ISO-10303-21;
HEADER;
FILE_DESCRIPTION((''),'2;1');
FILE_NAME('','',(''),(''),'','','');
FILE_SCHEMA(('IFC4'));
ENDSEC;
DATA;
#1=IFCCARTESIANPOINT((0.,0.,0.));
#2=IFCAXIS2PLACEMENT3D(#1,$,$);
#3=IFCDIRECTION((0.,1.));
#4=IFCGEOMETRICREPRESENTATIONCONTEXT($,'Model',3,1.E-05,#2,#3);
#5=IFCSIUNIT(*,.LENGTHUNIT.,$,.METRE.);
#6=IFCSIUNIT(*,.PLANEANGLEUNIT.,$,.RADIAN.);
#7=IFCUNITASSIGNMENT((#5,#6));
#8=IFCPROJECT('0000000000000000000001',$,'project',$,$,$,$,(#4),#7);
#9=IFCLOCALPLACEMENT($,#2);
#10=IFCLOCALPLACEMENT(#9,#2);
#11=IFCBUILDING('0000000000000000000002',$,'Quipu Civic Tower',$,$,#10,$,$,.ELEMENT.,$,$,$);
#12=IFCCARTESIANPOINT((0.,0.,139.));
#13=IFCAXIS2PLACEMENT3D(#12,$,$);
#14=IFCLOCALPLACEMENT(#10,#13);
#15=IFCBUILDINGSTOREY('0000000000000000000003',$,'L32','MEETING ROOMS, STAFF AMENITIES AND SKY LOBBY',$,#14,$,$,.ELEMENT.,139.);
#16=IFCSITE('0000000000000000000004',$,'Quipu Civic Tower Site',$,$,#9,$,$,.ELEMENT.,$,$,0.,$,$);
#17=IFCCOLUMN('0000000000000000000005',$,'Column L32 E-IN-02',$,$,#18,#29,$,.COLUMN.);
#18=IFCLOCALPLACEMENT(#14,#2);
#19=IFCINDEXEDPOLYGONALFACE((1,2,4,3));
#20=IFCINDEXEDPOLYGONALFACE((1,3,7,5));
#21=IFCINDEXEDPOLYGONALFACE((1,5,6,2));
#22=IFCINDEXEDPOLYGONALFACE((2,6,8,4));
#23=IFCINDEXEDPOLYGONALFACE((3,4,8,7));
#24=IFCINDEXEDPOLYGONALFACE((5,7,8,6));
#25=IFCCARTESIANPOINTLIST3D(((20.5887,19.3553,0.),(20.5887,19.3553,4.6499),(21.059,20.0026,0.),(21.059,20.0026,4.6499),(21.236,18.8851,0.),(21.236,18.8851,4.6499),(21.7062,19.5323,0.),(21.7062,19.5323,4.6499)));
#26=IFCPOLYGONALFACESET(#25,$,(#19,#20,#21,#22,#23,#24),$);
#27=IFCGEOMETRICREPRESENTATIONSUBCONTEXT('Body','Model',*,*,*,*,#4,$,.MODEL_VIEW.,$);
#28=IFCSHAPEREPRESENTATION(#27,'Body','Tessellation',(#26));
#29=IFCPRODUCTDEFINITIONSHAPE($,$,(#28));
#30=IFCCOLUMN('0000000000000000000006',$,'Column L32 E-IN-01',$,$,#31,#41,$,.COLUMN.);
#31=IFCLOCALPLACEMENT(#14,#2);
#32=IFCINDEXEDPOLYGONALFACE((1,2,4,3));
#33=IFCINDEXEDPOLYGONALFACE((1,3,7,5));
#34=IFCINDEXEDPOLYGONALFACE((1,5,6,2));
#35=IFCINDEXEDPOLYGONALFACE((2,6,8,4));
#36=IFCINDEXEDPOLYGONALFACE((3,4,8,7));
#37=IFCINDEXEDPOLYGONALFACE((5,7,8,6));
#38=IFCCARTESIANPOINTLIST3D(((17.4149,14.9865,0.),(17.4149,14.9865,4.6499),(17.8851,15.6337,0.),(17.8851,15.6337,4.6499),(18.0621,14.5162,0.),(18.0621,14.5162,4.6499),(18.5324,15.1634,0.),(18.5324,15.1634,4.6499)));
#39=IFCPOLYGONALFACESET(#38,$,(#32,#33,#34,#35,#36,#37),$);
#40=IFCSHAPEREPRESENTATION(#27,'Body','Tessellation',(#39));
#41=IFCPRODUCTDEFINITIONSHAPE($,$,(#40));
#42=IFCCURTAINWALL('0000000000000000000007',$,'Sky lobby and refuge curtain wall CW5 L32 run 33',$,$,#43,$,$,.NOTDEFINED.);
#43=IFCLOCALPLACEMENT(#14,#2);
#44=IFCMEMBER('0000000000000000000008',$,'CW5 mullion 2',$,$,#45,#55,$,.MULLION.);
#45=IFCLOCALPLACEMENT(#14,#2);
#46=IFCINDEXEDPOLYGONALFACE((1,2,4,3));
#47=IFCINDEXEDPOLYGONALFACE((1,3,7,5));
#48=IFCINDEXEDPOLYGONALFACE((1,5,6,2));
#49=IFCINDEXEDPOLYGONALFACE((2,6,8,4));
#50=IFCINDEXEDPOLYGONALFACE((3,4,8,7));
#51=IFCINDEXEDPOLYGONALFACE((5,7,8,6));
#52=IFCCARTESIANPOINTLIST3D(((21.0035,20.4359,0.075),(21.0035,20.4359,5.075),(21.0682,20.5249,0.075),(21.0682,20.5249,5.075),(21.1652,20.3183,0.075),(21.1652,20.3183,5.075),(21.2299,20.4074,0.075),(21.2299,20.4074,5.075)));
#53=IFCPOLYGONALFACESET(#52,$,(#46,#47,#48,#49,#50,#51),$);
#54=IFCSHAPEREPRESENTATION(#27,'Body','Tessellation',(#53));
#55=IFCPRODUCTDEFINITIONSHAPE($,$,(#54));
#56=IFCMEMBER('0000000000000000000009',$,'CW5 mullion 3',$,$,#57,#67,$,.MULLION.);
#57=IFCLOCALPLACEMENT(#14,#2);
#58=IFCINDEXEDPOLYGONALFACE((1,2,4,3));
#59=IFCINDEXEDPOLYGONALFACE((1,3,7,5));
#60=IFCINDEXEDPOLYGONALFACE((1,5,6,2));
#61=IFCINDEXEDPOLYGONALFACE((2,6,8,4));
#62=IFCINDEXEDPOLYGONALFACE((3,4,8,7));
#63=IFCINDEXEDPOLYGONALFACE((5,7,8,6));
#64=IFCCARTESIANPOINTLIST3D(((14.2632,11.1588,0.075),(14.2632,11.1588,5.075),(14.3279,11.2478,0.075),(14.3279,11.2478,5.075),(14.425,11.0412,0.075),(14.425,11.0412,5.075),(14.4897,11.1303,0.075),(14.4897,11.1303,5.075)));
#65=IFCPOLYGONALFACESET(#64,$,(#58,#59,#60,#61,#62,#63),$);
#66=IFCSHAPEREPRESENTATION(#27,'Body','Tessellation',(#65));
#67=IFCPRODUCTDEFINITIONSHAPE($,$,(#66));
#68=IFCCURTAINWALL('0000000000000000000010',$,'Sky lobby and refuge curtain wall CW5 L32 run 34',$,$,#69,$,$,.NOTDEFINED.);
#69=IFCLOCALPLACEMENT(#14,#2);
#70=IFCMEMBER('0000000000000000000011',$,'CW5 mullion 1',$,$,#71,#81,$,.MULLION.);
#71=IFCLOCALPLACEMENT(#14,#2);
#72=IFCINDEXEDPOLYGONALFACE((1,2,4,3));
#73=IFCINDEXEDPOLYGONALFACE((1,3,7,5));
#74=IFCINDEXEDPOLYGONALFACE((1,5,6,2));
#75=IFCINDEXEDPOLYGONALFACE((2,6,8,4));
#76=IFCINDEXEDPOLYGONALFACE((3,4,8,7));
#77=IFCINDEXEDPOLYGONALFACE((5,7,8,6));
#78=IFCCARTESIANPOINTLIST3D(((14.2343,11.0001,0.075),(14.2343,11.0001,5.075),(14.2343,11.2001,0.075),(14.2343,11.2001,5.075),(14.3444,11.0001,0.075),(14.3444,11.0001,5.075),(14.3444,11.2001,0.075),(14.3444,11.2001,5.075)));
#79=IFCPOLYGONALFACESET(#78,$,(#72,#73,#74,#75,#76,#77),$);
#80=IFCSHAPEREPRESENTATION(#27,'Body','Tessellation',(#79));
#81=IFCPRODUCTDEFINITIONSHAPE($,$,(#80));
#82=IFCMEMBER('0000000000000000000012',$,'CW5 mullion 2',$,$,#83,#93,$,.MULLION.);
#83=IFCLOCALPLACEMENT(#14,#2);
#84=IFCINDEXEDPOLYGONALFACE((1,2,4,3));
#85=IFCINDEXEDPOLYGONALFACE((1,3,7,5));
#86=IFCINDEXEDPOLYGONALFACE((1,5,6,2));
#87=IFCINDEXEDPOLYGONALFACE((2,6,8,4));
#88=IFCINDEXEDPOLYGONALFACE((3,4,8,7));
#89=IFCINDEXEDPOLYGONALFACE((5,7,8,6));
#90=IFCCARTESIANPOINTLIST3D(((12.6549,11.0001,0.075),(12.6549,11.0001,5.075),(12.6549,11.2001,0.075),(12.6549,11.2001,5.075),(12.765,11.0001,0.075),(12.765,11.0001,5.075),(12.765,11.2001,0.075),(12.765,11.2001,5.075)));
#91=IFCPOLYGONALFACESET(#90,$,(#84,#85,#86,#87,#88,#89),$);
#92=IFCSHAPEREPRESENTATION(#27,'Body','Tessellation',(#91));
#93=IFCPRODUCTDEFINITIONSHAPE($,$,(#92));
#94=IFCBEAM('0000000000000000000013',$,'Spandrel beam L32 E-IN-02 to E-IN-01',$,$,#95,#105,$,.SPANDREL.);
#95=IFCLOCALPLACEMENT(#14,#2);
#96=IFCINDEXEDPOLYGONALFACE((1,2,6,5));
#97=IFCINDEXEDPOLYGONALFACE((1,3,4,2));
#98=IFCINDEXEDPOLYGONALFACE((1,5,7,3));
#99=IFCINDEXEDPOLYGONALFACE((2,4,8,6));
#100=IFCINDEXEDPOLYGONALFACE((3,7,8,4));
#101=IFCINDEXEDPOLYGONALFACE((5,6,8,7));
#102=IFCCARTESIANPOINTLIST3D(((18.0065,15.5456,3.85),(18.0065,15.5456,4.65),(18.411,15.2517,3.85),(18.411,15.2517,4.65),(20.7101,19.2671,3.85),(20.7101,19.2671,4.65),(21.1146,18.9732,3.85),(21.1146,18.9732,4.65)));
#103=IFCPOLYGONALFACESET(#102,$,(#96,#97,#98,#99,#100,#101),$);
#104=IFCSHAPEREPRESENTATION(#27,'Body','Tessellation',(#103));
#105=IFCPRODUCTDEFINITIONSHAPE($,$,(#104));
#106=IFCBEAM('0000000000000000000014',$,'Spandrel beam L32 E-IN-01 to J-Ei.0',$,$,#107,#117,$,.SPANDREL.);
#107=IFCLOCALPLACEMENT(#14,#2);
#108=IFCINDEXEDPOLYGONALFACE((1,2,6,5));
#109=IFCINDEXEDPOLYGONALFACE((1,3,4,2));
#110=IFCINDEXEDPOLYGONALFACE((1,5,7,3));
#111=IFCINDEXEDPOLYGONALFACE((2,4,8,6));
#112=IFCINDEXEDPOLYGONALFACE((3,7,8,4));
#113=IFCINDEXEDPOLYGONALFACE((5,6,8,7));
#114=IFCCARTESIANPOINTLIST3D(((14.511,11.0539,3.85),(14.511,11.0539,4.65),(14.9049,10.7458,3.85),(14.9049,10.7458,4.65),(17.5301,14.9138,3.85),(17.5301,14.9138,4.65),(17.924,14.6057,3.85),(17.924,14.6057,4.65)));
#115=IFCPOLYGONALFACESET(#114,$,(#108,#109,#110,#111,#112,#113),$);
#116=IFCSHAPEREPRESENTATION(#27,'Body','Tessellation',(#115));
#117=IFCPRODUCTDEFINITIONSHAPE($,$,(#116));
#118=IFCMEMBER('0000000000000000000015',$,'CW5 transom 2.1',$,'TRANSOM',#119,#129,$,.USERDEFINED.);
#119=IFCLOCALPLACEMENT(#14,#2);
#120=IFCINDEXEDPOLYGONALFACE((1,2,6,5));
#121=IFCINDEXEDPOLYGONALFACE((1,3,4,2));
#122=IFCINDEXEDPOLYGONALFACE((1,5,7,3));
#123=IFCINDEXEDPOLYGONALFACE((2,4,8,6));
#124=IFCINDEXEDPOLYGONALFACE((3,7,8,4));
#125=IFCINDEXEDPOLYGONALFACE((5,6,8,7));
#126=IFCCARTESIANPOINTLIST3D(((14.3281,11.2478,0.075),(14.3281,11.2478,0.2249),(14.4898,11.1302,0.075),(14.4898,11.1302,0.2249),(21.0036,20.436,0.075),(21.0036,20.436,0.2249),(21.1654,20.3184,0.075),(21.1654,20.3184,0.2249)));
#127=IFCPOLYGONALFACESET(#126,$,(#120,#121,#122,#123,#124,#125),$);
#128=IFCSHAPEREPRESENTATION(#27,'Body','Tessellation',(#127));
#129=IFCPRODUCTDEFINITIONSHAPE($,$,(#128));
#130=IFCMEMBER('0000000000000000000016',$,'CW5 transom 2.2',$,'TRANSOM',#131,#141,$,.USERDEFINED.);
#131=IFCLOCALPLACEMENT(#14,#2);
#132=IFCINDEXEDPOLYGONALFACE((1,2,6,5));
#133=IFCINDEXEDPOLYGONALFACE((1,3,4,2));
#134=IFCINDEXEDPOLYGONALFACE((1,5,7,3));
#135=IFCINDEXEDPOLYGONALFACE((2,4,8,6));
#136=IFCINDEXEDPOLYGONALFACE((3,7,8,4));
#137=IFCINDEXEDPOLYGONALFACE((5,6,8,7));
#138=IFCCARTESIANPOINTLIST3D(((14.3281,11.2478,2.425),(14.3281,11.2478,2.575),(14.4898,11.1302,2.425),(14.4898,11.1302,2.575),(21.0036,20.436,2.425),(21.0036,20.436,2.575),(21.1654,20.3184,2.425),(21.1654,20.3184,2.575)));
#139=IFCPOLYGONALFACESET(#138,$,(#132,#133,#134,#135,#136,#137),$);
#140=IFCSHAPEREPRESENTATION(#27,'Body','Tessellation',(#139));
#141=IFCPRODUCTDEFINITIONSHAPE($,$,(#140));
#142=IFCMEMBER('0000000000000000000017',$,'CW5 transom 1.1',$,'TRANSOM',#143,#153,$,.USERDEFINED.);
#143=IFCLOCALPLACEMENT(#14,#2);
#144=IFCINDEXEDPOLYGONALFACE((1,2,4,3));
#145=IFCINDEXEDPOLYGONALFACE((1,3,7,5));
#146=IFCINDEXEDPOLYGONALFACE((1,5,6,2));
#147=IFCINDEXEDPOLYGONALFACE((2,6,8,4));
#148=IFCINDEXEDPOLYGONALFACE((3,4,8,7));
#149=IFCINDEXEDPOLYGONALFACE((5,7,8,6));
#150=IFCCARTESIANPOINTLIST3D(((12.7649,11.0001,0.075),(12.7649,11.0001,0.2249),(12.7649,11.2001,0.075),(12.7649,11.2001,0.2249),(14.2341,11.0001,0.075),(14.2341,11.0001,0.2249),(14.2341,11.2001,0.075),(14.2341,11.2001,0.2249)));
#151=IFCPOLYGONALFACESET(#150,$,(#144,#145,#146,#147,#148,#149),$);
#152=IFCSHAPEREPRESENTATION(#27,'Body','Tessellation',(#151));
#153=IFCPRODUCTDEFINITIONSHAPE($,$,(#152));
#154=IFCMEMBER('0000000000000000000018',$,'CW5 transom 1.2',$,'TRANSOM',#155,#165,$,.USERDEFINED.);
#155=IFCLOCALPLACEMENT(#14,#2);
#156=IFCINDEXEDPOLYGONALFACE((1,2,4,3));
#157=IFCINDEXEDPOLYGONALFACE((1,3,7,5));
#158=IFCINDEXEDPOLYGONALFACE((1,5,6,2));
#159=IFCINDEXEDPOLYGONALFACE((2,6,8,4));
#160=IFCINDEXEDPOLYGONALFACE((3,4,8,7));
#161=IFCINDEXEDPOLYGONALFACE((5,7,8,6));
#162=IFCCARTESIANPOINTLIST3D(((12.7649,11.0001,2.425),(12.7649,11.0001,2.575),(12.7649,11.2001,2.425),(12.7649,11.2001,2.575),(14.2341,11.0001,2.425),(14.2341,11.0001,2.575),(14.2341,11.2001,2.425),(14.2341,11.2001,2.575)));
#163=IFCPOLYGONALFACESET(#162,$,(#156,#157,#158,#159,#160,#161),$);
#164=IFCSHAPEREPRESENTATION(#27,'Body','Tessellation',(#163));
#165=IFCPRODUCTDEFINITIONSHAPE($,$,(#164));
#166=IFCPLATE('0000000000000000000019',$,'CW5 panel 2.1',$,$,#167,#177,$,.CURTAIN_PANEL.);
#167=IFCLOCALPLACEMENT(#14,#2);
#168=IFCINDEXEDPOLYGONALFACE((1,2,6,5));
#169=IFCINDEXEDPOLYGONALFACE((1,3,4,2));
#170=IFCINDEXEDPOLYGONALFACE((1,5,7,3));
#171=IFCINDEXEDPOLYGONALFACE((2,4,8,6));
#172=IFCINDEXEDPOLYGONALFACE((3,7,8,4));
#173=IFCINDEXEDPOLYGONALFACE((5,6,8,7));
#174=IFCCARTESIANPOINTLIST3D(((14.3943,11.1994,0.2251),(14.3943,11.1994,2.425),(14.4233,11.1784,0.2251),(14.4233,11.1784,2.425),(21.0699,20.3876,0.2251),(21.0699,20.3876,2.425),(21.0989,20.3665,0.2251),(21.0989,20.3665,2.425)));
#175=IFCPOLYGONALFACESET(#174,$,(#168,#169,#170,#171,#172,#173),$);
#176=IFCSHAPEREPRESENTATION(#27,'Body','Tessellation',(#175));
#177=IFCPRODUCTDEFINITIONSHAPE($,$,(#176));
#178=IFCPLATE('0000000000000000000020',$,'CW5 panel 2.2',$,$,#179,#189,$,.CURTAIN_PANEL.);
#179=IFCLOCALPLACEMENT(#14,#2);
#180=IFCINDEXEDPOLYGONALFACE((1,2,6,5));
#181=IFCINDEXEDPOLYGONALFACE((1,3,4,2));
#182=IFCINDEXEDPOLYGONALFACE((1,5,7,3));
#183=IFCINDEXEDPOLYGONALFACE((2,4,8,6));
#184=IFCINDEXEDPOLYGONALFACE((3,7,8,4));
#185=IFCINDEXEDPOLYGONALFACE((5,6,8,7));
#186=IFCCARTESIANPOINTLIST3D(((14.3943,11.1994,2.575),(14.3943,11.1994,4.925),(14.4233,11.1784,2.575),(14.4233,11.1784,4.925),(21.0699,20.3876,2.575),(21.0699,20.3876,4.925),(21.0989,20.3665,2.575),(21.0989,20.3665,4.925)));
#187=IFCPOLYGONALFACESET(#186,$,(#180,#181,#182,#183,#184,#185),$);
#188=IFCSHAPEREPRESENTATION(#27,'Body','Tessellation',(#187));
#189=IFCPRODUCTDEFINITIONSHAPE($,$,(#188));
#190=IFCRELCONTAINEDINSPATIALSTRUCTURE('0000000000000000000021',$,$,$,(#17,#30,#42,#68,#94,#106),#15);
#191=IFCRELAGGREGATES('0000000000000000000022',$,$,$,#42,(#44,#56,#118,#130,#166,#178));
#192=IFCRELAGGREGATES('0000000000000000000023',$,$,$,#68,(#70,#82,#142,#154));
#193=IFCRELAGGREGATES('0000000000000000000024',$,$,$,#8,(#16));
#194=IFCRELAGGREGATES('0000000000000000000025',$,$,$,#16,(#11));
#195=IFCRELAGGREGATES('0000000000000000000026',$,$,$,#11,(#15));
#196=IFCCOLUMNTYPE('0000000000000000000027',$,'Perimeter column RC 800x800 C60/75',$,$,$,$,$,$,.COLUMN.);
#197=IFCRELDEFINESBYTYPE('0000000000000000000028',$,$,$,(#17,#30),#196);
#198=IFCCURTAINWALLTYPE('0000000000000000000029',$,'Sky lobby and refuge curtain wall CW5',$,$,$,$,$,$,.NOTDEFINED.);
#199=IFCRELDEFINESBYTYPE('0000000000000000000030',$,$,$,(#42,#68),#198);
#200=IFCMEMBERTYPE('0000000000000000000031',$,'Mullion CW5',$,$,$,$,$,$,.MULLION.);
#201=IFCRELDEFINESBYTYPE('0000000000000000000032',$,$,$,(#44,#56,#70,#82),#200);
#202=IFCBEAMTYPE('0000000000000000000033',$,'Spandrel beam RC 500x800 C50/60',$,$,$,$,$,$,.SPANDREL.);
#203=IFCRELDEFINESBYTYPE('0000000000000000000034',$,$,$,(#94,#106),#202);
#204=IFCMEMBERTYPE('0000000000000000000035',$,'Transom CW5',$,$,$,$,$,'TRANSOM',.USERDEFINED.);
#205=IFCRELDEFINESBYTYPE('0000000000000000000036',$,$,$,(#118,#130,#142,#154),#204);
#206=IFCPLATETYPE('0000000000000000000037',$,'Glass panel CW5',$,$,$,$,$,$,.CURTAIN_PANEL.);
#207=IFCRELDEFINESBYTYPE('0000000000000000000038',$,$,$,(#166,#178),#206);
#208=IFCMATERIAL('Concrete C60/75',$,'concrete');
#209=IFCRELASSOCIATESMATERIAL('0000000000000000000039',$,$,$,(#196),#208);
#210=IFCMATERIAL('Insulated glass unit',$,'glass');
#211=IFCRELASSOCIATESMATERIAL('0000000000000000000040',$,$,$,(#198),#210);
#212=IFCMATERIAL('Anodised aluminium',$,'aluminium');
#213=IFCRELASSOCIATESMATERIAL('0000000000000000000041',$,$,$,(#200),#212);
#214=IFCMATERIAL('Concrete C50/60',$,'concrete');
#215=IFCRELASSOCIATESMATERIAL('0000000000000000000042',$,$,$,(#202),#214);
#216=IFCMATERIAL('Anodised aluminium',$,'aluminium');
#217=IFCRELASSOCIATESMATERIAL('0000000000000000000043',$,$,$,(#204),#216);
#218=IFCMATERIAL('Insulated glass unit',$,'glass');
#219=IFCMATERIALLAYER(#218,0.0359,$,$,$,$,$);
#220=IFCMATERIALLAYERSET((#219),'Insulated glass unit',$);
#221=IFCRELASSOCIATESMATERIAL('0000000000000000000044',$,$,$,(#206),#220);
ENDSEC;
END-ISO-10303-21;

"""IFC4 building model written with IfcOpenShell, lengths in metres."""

from ifc_helpers import new_model, si_unit, direction, frame, origin, origin_2d, place, context, subcontext, project, spatial, rectangle, extrude, material, layer, layer_set, material_profile, profile_set, type_object, element, aggregate, save


model = new_model("IFC4")

# Units and contexts
model_context = context("Model", 3, precision=1e-05, world=origin(), true_north=direction((0.0, 1.0)))
body_context = subcontext(model_context, "Body", "Model", "MODEL_VIEW")
ifc_project = project(units=[si_unit("LENGTHUNIT", "METRE"), si_unit("PLANEANGLEUNIT", "RADIAN")], contexts=[model_context])

# Site, building, storey
site_placement = place(None, origin())
site = spatial("IfcSite", under=ifc_project, at=site_placement, Name="Quipu Civic Tower Site", CompositionType="ELEMENT", RefElevation=0.0)
building_placement = place(site_placement, origin())
building = spatial("IfcBuilding", under=site, at=building_placement, Name="Quipu Civic Tower", CompositionType="ELEMENT")
storey_placement = place(building_placement, frame((0.0, 0.0, 139.0)))
storey = spatial("IfcBuildingStorey", under=building, at=storey_placement, Name="L32", Description="MEETING ROOMS, STAFF AMENITIES AND SKY LOBBY", CompositionType="ELEMENT", Elevation=139.0)

# Columns
ifc_material_1 = material(Name="Concrete C60/75", Category="concrete")
ifc_material_profile_1 = material_profile(ifc_material_1, rectangle(XDim=0.8, YDim=0.8, at=origin_2d()), Name="RC800x800")
ifc_profile_set_1 = profile_set([ifc_material_profile_1], Name="Concrete C60/75")
column_type = type_object("IfcColumnType", Name="Perimeter column RC 800x800 C60/75", PredefinedType="COLUMN", material=ifc_profile_set_1)
for number, where, z_axis, x_axis, name in (
    (1, (21.1475, 19.4438, 0.0), (0.0, 0.0, 1.0), (-0.587785, -0.809017, 0.0), "Column L32 E-IN-02"),
    (2, (17.9736, 15.075, 0.0), (0.0, 0.0, 1.0), (-0.587785, -0.809017, 0.0), "Column L32 E-IN-01"),
):
    element("IfcColumn", number, at=place(storey_placement, frame(where, z_axis=z_axis, x_axis=x_axis)), inside=storey, type_object=column_type, Name=name, PredefinedType="COLUMN", context=body_context, shape_type="SweptSolid", body=[
        extrude(rectangle(XDim=0.8, YDim=0.8, at=origin_2d()), origin(), (0.0, 0.0, 1.0), 4.6499),
    ])

# Curtain walls, members
ifc_material_2 = material(Name="Insulated glass unit", Category="glass")
curtain_wall_type = type_object("IfcCurtainWallType", Name="Sky lobby and refuge curtain wall CW5", PredefinedType="NOTDEFINED", material=ifc_material_2)
curtain_wall_1_placement = place(storey_placement, origin())
curtain_wall_1 = element("IfcCurtainWall", 3, at=curtain_wall_1_placement, inside=storey, type_object=curtain_wall_type, Name="Sky lobby and refuge curtain wall CW5 L32 run 33", PredefinedType="NOTDEFINED")
ifc_material_3 = material(Name="Anodised aluminium", Category="aluminium")
ifc_material_profile_2 = material_profile(ifc_material_3, rectangle(XDim=0.2, YDim=0.1101, at=origin_2d()), Name="RECT 200x110")
ifc_profile_set_2 = profile_set([ifc_material_profile_2], Name="Anodised aluminium")
member_type_1 = type_object("IfcMemberType", Name="Mullion CW5", PredefinedType="MULLION", material=ifc_profile_set_2)
member_1_placement = place(storey_placement, frame((21.1167, 20.4216, 0.075), z_axis=(0.0, 0.0, 1.0), x_axis=(0.809014, -0.587789, 0.0)))
member_1 = element("IfcMember", 4, at=member_1_placement, type_object=member_type_1, Name="CW5 mullion 2", PredefinedType="MULLION", context=body_context, shape_type="SweptSolid", body=[
    extrude(rectangle(XDim=0.2, YDim=0.1101, at=origin_2d()), origin(), (0.0, 0.0, 1.0), 5.0),
])
member_2_placement = place(storey_placement, frame((14.3765, 11.1445, 0.075), z_axis=(0.0, 0.0, 1.0), x_axis=(0.809014, -0.587789, 0.0)))
member_2 = element("IfcMember", 5, at=member_2_placement, type_object=member_type_1, Name="CW5 mullion 3", PredefinedType="MULLION", context=body_context, shape_type="SweptSolid", body=[
    extrude(rectangle(XDim=0.2, YDim=0.1101, at=origin_2d()), origin(), (0.0, 0.0, 1.0), 5.0),
])
curtain_wall_2_placement = place(storey_placement, origin())
curtain_wall_2 = element("IfcCurtainWall", 6, at=curtain_wall_2_placement, inside=storey, type_object=curtain_wall_type, Name="Sky lobby and refuge curtain wall CW5 L32 run 34", PredefinedType="NOTDEFINED")
member_3_placement = place(storey_placement, frame((14.2893, 11.1001, 0.075), z_axis=(0.0, 0.0, 1.0), x_axis=(0.0, -1.0, 0.0)))
member_3 = element("IfcMember", 7, at=member_3_placement, type_object=member_type_1, Name="CW5 mullion 1", PredefinedType="MULLION", context=body_context, shape_type="SweptSolid", body=[
    extrude(rectangle(XDim=0.2, YDim=0.1101, at=origin_2d()), origin(), (0.0, 0.0, 1.0), 5.0),
])
member_4_placement = place(storey_placement, frame((12.71, 11.1001, 0.075), z_axis=(0.0, 0.0, 1.0), x_axis=(0.0, -1.0, 0.0)))
member_4 = element("IfcMember", 8, at=member_4_placement, type_object=member_type_1, Name="CW5 mullion 2", PredefinedType="MULLION", context=body_context, shape_type="SweptSolid", body=[
    extrude(rectangle(XDim=0.2, YDim=0.1101, at=origin_2d()), origin(), (0.0, 0.0, 1.0), 5.0),
])

# Beams
ifc_material_4 = material(Name="Concrete C50/60", Category="concrete")
ifc_material_profile_3 = material_profile(ifc_material_4, rectangle(XDim=0.5, YDim=0.8, at=origin_2d()), Name="RC500x800")
ifc_profile_set_3 = profile_set([ifc_material_profile_3], Name="Concrete C50/60")
beam_type = type_object("IfcBeamType", Name="Spandrel beam RC 500x800 C50/60", PredefinedType="SPANDREL", material=ifc_profile_set_3)
beam_1_placement = place(storey_placement, frame((20.9124, 19.1201, 4.25), z_axis=(-0.587761, -0.809034, 0.0), x_axis=(0.809034, -0.587761, 0.0)))
element("IfcBeam", 9, at=beam_1_placement, inside=storey, type_object=beam_type, Name="Spandrel beam L32 E-IN-02 to E-IN-01", PredefinedType="SPANDREL", context=body_context, shape_type="SweptSolid", body=[
    extrude(rectangle(XDim=0.5, YDim=0.8, at=origin_2d()), origin(), (0.0, 0.0, 1.0), 4.5999),
])
beam_2_placement = place(storey_placement, frame((17.7271, 14.7598, 4.25), z_axis=(-0.616091, -0.787675, 0.0), x_axis=(0.787675, -0.616091, 0.0)))
element("IfcBeam", 10, at=beam_2_placement, inside=storey, type_object=beam_type, Name="Spandrel beam L32 E-IN-01 to J-Ei.0", PredefinedType="SPANDREL", context=body_context, shape_type="SweptSolid", body=[
    extrude(rectangle(XDim=0.5, YDim=0.8, at=origin_2d()), origin(), (0.0, 0.0, 1.0), 4.9004),
])

# Members
ifc_material_5 = material(Name="Anodised aluminium", Category="aluminium")
ifc_material_profile_4 = material_profile(ifc_material_5, rectangle(XDim=0.2, YDim=0.1499, at=origin_2d()), Name="RECT 200x150")
ifc_profile_set_4 = profile_set([ifc_material_profile_4], Name="Anodised aluminium")
member_type_2 = type_object("IfcMemberType", Name="Transom CW5", ElementType="TRANSOM", PredefinedType="USERDEFINED", material=ifc_profile_set_4)
member_5_placement = place(storey_placement, frame((21.0845, 20.3772, 0.1499), z_axis=(-0.587779, -0.809021, 0.0), x_axis=(0.809021, -0.587779, 0.0)))
member_5 = element("IfcMember", 11, at=member_5_placement, type_object=member_type_2, Name="CW5 transom 2.1", ObjectType="TRANSOM", PredefinedType="USERDEFINED", context=body_context, shape_type="SweptSolid", body=[
    extrude(rectangle(XDim=0.2, YDim=0.1499, at=origin_2d()), origin(), (0.0, 0.0, 1.0), 11.3572),
])
member_6_placement = place(storey_placement, frame((21.0845, 20.3772, 2.5), z_axis=(-0.587779, -0.809021, 0.0), x_axis=(0.809021, -0.587779, 0.0)))
member_6 = element("IfcMember", 12, at=member_6_placement, type_object=member_type_2, Name="CW5 transom 2.2", ObjectType="TRANSOM", PredefinedType="USERDEFINED", context=body_context, shape_type="SweptSolid", body=[
    extrude(rectangle(XDim=0.2, YDim=0.1499, at=origin_2d()), origin(), (0.0, 0.0, 1.0), 11.3572),
])
member_7_placement = place(storey_placement, frame((14.2341, 11.1001, 0.1499), z_axis=(-1.0, 0.0, 0.0), x_axis=(0.0, -1.0, 0.0)))
member_7 = element("IfcMember", 13, at=member_7_placement, type_object=member_type_2, Name="CW5 transom 1.1", ObjectType="TRANSOM", PredefinedType="USERDEFINED", context=body_context, shape_type="SweptSolid", body=[
    extrude(rectangle(XDim=0.2, YDim=0.1499, at=origin_2d()), origin(), (0.0, 0.0, 1.0), 1.4692),
])
member_8_placement = place(storey_placement, frame((14.2341, 11.1001, 2.5), z_axis=(-1.0, 0.0, 0.0), x_axis=(0.0, -1.0, 0.0)))
member_8 = element("IfcMember", 14, at=member_8_placement, type_object=member_type_2, Name="CW5 transom 1.2", ObjectType="TRANSOM", PredefinedType="USERDEFINED", context=body_context, shape_type="SweptSolid", body=[
    extrude(rectangle(XDim=0.2, YDim=0.1499, at=origin_2d()), origin(), (0.0, 0.0, 1.0), 1.4692),
])

# Plates
ifc_material_6 = material(Name="Insulated glass unit", Category="glass")
ifc_layer = layer(ifc_material_6, 0.0359)
ifc_layer_set = layer_set([ifc_layer], Name="Insulated glass unit")
plate_type_1 = type_object("IfcPlateType", Name="Glass panel CW5", PredefinedType="CURTAIN_PANEL", material=ifc_layer_set)
plate_1_placement = place(storey_placement, frame((17.7466, 15.783, 0.2251), z_axis=(0.0, 0.0, 1.0), x_axis=(-0.587789, -0.809014, 0.0)))
plate_1 = element("IfcPlate", 15, at=plate_1_placement, type_object=plate_type_1, Name="CW5 panel 2.1", PredefinedType="CURTAIN_PANEL", context=body_context, shape_type="SweptSolid", body=[
    extrude(rectangle(XDim=11.3572, YDim=0.0359, at=origin_2d()), origin(), (0.0, 0.0, 1.0), 2.2),
])
plate_2_placement = place(storey_placement, frame((17.7466, 15.783, 2.575), z_axis=(0.0, 0.0, 1.0), x_axis=(-0.587789, -0.809014, 0.0)))
plate_2 = element("IfcPlate", 16, at=plate_2_placement, type_object=plate_type_1, Name="CW5 panel 2.2", PredefinedType="CURTAIN_PANEL", context=body_context, shape_type="SweptSolid", body=[
    extrude(rectangle(XDim=11.3572, YDim=0.0359, at=origin_2d()), origin(), (0.0, 0.0, 1.0), 2.3501),
])
aggregate(curtain_wall_1, [member_1, member_2, member_5, member_6, plate_1, plate_2])
aggregate(curtain_wall_2, [member_3, member_4, member_7, member_8])

save(model, "model.ifc")
